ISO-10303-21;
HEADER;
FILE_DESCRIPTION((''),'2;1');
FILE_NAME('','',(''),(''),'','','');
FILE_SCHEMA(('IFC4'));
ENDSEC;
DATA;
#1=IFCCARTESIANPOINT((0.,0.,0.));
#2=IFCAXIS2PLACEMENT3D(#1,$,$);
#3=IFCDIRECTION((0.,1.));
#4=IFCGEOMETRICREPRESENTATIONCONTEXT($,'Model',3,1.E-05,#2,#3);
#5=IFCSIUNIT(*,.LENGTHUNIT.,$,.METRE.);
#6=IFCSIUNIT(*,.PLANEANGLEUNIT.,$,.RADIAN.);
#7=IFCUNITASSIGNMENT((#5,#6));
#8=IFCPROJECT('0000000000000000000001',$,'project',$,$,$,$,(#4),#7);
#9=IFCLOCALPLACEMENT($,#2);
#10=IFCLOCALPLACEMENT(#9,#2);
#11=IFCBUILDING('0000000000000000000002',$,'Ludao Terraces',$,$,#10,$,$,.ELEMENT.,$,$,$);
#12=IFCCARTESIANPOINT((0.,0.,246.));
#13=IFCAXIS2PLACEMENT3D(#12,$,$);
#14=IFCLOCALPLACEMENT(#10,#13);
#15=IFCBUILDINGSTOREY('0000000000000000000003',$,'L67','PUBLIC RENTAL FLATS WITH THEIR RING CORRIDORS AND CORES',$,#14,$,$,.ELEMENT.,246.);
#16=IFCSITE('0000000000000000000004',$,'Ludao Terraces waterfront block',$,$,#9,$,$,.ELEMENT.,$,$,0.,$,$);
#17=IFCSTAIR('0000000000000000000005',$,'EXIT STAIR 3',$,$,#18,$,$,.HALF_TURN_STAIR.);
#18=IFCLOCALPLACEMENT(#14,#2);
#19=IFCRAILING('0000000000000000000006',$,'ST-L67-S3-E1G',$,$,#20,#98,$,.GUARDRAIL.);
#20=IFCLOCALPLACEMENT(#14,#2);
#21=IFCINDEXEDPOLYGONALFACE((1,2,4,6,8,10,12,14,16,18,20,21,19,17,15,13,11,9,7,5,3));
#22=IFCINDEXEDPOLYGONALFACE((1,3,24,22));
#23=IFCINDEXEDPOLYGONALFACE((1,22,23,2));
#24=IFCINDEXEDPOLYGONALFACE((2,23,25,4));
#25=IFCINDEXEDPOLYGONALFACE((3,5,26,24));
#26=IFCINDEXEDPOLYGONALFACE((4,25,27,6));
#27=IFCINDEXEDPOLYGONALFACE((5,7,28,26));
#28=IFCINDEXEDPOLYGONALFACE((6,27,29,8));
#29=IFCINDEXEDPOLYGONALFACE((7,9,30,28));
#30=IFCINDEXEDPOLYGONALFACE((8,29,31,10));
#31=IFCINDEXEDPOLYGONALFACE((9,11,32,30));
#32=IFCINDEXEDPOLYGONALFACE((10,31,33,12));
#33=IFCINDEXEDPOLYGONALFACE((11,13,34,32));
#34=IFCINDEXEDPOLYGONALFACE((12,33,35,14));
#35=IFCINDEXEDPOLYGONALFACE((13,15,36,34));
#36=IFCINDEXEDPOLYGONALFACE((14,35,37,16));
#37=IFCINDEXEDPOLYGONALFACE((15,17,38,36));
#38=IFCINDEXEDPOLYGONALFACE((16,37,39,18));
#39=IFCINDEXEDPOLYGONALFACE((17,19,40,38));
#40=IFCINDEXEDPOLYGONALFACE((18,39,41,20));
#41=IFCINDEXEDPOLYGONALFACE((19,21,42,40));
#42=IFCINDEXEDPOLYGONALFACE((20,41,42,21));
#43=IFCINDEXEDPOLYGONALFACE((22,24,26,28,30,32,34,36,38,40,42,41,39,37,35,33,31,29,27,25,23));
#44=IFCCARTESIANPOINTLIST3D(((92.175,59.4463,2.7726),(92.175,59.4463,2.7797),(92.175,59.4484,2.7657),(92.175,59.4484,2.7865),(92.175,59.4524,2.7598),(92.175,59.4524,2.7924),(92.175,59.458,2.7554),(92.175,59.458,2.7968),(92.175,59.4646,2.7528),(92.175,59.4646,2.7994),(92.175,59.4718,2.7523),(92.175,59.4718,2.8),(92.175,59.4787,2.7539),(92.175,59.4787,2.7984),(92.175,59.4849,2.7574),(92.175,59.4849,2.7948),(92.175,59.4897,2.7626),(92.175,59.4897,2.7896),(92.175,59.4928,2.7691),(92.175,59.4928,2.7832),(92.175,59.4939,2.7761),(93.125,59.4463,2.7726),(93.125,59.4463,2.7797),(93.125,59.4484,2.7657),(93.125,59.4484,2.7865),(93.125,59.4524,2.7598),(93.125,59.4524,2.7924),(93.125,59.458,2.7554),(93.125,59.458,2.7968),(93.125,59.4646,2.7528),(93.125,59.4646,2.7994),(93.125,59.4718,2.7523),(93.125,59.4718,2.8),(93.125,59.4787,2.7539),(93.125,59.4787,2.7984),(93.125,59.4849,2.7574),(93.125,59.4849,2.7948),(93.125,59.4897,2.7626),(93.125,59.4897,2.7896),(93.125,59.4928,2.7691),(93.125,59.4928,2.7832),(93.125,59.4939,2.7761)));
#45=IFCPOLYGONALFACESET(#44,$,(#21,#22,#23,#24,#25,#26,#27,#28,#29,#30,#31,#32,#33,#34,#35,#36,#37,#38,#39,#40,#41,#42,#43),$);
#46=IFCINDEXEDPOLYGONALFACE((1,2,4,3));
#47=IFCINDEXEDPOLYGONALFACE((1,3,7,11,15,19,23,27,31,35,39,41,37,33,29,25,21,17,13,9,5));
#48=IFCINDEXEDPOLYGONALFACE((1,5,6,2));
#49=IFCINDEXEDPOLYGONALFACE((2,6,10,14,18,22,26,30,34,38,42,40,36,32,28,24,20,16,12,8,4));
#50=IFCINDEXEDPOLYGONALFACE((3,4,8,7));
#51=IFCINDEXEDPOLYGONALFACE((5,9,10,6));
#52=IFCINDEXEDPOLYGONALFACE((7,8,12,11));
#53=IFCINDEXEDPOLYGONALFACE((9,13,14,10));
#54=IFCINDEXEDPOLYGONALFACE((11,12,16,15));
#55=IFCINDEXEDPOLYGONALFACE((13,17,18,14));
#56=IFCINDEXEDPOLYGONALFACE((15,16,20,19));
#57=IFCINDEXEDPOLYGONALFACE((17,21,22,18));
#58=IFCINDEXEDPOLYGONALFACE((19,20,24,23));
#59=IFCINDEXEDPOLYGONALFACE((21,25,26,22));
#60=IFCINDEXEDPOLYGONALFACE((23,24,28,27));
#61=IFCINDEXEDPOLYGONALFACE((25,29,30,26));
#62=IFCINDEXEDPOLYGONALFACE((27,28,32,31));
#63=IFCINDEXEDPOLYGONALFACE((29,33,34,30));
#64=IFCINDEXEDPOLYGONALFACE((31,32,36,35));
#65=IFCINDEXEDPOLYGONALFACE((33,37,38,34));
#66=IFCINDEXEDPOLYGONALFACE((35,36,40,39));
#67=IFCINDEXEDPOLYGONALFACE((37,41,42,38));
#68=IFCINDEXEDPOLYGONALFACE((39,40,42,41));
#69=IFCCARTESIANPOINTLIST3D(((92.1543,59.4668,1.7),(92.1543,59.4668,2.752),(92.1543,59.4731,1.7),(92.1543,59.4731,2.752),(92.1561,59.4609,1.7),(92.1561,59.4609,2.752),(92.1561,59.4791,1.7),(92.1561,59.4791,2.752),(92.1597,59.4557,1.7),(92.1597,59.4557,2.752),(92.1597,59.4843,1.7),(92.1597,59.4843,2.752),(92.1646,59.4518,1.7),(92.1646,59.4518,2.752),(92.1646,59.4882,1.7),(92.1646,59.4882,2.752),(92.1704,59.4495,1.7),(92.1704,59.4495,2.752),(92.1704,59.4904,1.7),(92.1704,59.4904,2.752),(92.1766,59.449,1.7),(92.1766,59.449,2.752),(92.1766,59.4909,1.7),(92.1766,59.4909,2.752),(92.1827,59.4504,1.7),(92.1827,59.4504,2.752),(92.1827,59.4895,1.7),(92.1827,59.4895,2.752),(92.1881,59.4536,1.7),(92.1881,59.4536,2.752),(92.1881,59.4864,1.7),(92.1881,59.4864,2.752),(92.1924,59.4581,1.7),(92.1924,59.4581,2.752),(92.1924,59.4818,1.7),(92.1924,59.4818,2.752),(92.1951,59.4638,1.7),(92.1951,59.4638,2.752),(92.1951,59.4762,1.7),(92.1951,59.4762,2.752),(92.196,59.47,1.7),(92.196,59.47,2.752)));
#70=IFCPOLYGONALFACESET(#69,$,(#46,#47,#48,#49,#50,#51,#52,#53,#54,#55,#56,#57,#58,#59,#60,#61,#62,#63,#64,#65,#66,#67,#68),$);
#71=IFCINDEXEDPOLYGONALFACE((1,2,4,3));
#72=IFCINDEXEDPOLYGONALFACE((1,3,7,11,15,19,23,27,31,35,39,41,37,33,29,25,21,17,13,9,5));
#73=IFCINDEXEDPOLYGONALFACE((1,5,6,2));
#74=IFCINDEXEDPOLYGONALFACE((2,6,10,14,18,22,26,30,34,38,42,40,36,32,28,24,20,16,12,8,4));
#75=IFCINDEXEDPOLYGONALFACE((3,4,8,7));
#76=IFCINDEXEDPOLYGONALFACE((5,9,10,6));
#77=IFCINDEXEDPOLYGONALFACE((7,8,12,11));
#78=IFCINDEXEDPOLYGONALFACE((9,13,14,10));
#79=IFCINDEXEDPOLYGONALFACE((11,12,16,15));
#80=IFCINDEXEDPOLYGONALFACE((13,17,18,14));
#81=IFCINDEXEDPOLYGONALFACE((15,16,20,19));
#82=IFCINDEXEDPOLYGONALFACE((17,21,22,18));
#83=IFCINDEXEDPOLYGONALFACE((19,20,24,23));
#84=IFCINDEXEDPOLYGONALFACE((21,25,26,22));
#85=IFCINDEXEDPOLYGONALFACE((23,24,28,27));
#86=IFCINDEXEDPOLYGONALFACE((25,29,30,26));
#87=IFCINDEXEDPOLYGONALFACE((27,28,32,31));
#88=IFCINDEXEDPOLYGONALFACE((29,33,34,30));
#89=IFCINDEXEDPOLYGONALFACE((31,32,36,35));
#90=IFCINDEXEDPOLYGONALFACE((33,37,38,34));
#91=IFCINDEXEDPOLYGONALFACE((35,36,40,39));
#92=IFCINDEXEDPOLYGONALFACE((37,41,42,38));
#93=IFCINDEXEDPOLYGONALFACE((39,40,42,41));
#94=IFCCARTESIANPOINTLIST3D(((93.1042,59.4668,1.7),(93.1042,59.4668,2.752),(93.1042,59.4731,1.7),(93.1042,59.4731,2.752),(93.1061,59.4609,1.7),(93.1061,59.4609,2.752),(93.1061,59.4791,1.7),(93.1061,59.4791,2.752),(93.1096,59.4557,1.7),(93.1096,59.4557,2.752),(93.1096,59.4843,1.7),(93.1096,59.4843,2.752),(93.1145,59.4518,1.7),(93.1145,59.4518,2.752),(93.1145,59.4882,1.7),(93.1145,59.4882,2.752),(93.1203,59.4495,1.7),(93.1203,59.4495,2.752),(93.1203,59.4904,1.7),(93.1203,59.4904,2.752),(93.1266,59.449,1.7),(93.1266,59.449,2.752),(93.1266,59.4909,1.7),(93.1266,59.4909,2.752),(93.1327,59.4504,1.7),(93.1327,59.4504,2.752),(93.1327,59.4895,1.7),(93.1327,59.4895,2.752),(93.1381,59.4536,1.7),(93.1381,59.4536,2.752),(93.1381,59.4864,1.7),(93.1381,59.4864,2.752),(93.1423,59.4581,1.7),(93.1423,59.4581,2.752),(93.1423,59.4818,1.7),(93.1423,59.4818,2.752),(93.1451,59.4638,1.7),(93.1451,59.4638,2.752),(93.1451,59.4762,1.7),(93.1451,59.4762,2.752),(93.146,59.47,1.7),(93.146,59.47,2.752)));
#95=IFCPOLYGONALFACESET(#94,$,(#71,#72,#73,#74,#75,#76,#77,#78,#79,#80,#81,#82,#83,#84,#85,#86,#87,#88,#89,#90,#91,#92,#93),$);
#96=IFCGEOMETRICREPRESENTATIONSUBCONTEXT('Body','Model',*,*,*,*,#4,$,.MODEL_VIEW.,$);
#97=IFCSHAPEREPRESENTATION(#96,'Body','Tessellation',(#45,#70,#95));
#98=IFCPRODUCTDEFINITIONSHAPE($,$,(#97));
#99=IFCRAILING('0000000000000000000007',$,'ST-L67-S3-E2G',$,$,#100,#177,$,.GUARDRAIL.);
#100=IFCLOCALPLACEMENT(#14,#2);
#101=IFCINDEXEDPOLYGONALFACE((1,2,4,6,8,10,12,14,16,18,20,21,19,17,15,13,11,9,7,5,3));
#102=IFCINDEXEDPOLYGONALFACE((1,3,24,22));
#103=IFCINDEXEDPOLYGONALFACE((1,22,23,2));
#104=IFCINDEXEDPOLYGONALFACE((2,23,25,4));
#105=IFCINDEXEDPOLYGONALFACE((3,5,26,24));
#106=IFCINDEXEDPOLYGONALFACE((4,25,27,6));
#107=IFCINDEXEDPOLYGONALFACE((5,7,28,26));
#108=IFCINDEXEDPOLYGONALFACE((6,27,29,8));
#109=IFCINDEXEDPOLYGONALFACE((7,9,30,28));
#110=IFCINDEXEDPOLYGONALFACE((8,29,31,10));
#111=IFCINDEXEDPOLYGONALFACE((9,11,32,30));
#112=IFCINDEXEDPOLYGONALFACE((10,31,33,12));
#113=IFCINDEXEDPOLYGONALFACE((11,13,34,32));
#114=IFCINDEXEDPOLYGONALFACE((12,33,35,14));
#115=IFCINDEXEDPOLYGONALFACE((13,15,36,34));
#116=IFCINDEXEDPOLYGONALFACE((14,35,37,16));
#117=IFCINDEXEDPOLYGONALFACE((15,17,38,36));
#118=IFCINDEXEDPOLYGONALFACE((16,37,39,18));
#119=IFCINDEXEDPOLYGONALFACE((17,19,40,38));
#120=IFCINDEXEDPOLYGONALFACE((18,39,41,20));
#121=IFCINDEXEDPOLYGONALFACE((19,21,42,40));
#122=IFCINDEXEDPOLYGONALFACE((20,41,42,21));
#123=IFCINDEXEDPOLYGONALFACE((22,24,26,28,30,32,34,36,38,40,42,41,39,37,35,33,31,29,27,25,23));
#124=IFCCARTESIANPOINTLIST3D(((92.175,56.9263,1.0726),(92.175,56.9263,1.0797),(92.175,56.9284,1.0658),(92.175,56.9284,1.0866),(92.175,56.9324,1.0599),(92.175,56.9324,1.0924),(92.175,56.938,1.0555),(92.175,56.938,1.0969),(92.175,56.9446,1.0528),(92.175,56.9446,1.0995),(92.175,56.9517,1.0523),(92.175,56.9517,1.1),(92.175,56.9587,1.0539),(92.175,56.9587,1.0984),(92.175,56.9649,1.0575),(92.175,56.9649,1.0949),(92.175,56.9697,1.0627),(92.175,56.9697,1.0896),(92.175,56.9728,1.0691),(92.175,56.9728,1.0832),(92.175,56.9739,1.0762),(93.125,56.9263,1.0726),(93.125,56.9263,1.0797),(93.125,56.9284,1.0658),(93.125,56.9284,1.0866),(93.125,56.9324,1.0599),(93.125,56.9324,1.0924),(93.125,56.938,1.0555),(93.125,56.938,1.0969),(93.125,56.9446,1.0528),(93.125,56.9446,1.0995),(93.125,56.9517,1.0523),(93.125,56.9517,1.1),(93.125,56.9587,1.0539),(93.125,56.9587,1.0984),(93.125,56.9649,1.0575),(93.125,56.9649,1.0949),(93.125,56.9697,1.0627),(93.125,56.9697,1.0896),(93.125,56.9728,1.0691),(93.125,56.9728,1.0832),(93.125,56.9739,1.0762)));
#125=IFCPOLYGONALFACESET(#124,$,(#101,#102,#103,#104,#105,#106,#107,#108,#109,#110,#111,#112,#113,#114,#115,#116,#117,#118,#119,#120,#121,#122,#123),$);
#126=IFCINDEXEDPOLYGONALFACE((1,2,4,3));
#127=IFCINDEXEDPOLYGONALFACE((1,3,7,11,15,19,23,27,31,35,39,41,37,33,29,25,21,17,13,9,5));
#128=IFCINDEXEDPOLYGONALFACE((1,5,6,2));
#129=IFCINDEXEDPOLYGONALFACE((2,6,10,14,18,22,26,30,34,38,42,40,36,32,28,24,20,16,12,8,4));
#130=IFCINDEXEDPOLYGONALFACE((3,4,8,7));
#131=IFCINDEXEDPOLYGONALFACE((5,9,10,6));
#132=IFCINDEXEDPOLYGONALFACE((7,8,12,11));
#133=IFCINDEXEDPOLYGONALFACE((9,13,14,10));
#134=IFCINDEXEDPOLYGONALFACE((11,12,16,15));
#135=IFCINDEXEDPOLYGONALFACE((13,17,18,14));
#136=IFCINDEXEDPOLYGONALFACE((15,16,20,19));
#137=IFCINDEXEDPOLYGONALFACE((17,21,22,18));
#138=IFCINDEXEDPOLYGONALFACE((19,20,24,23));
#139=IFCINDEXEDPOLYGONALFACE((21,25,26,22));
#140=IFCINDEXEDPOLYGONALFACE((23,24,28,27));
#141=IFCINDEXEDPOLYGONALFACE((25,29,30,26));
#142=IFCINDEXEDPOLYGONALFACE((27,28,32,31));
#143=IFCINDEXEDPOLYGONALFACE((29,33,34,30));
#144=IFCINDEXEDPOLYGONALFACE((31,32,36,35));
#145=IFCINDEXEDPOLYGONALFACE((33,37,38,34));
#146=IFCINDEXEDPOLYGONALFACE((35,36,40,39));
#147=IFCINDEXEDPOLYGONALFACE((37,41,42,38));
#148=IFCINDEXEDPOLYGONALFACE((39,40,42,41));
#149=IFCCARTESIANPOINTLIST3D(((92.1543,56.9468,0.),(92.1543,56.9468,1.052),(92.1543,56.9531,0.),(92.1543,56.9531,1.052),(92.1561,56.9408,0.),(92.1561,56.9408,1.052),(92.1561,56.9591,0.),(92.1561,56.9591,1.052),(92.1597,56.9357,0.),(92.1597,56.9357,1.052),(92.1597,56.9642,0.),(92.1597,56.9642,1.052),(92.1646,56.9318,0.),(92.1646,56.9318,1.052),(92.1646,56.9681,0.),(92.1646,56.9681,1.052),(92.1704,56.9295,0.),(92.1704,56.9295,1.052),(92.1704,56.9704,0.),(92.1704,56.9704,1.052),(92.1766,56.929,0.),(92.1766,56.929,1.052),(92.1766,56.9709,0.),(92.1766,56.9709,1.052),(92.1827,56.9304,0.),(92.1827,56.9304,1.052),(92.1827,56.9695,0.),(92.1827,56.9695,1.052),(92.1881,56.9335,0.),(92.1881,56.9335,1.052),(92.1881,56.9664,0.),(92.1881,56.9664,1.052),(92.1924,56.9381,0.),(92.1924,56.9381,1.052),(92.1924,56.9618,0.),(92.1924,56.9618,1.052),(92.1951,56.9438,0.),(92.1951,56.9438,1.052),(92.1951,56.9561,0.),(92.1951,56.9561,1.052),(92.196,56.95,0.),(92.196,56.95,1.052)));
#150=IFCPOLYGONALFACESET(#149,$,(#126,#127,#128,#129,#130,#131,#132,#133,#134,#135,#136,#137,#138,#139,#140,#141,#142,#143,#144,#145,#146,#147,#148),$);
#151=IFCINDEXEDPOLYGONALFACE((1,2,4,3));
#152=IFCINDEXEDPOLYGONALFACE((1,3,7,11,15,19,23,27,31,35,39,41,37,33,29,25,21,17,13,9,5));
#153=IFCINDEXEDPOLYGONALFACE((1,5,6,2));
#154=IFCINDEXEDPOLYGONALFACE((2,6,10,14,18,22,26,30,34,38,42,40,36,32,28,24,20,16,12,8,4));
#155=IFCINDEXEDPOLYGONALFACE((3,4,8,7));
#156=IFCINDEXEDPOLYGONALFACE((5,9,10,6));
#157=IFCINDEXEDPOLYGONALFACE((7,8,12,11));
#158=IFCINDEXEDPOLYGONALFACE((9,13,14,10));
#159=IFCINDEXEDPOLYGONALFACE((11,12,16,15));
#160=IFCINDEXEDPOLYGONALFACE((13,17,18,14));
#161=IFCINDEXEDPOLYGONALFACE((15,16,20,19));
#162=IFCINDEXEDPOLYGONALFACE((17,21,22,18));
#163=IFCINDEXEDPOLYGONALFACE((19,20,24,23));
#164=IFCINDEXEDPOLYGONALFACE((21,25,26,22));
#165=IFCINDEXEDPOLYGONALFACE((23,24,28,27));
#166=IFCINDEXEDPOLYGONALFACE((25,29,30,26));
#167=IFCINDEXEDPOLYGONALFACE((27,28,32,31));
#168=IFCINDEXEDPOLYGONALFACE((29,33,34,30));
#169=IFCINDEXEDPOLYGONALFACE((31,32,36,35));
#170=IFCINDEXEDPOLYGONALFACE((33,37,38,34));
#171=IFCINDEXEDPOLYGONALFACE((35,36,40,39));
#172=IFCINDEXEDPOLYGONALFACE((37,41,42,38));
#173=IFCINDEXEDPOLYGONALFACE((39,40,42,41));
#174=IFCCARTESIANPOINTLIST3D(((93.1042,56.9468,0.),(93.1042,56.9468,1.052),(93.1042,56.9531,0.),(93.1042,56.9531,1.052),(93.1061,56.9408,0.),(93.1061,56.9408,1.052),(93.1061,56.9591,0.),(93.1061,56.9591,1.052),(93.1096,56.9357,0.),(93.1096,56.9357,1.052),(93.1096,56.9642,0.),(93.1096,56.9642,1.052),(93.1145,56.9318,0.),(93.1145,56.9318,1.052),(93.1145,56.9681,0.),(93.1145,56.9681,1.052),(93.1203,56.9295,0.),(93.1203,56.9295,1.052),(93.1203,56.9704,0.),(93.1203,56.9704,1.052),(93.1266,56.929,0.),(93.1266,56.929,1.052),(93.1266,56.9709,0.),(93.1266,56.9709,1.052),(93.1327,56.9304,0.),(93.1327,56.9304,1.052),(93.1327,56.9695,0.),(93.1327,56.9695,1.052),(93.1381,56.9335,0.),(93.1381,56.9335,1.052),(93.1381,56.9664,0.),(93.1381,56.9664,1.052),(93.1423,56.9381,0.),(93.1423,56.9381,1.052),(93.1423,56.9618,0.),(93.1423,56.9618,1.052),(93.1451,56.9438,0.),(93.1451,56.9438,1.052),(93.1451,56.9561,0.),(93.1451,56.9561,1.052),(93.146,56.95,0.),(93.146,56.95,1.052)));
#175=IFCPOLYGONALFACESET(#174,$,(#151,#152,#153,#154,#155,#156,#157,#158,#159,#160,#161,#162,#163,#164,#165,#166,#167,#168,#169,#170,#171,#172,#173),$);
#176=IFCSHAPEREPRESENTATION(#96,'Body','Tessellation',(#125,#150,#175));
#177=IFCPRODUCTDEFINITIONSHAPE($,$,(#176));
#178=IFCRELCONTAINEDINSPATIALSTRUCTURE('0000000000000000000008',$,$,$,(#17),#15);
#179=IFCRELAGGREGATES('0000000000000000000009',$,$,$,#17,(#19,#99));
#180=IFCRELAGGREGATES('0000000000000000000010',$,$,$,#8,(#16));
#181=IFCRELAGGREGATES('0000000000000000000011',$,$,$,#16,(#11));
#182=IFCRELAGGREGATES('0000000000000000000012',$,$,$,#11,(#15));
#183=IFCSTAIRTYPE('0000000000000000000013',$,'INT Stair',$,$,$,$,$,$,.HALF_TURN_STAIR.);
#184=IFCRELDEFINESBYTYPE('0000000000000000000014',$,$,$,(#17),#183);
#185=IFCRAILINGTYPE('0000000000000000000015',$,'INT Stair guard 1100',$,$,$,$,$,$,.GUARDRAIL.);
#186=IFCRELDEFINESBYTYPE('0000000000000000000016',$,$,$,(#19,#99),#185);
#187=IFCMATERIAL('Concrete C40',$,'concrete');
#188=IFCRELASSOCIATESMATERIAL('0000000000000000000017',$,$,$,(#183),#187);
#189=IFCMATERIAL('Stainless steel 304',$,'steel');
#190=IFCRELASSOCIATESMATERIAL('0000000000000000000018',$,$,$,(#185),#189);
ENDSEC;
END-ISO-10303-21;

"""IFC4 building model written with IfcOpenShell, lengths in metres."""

from ifc_helpers import new_model, si_unit, direction, frame, origin, origin_2d, place, context, subcontext, project, spatial, circle, extrude, material, type_object, element, aggregate, save


model = new_model("IFC4")

# Units and contexts
model_context = context("Model", 3, precision=1e-05, world=origin(), true_north=direction((0.0, 1.0)))
body_context = subcontext(model_context, "Body", "Model", "MODEL_VIEW")
ifc_project = project(units=[si_unit("LENGTHUNIT", "METRE"), si_unit("PLANEANGLEUNIT", "RADIAN")], contexts=[model_context])

# Site, building, storey
site_placement = place(None, origin())
site = spatial("IfcSite", under=ifc_project, at=site_placement, Name="Ludao Terraces waterfront block", CompositionType="ELEMENT", RefElevation=0.0)
building_placement = place(site_placement, origin())
building = spatial("IfcBuilding", under=site, at=building_placement, Name="Ludao Terraces", CompositionType="ELEMENT")
storey_placement = place(building_placement, frame((0.0, 0.0, 246.0)))
storey = spatial("IfcBuildingStorey", under=building, at=storey_placement, Name="L67", Description="PUBLIC RENTAL FLATS WITH THEIR RING CORRIDORS AND CORES", CompositionType="ELEMENT", Elevation=246.0)

# Shared definitions
ifc_material_1 = material(Name="Concrete C40", Category="concrete")

# Stair, railings
stair_type = type_object("IfcStairType", Name="INT Stair", PredefinedType="HALF_TURN_STAIR", material=ifc_material_1)
stair_placement = place(storey_placement, origin())
stair = element("IfcStair", 1, at=stair_placement, inside=storey, type_object=stair_type, Name="EXIT STAIR 3", PredefinedType="HALF_TURN_STAIR")
ifc_material_2 = material(Name="Stainless steel 304", Category="steel")
railing_type_1 = type_object("IfcRailingType", Name="INT Stair guard 1100", PredefinedType="GUARDRAIL", material=ifc_material_2)
railing_1_placement = place(storey_placement, frame((92.175, 59.47, 1.7)))
railing_1 = element("IfcRailing", 2, at=railing_1_placement, type_object=railing_type_1, Name="ST-L67-S3-E1G", PredefinedType="GUARDRAIL", context=body_context, shape_type="SweptSolid", body=[
    extrude(circle(Radius=0.0239, at=origin_2d()), frame((0.0, 0.0, 1.0762), z_axis=(1.0, 0.0, 0.0), x_axis=(0.0, 1.0, 0.0)), (0.0, 0.0, 1.0), 0.95),
    extrude(circle(Radius=0.021, at=origin_2d()), origin(), (0.0, 0.0, 1.0), 1.052),
    extrude(circle(Radius=0.021, at=origin_2d()), frame((0.95, 0.0, 0.0)), (0.0, 0.0, 1.0), 1.052),
])
railing_2_placement = place(storey_placement, frame((92.175, 56.95, 0.0)))
railing_2 = element("IfcRailing", 3, at=railing_2_placement, type_object=railing_type_1, Name="ST-L67-S3-E2G", PredefinedType="GUARDRAIL", context=body_context, shape_type="SweptSolid", body=[
    extrude(circle(Radius=0.0239, at=origin_2d()), frame((0.0, 0.0, 1.0762), z_axis=(1.0, 0.0, 0.0), x_axis=(0.0, 1.0, 0.0)), (0.0, 0.0, 1.0), 0.95),
    extrude(circle(Radius=0.021, at=origin_2d()), origin(), (0.0, 0.0, 1.0), 1.052),
    extrude(circle(Radius=0.021, at=origin_2d()), frame((0.95, 0.0, 0.0)), (0.0, 0.0, 1.0), 1.052),
])
aggregate(stair, [railing_1, railing_2])

save(model, "model.ifc")
